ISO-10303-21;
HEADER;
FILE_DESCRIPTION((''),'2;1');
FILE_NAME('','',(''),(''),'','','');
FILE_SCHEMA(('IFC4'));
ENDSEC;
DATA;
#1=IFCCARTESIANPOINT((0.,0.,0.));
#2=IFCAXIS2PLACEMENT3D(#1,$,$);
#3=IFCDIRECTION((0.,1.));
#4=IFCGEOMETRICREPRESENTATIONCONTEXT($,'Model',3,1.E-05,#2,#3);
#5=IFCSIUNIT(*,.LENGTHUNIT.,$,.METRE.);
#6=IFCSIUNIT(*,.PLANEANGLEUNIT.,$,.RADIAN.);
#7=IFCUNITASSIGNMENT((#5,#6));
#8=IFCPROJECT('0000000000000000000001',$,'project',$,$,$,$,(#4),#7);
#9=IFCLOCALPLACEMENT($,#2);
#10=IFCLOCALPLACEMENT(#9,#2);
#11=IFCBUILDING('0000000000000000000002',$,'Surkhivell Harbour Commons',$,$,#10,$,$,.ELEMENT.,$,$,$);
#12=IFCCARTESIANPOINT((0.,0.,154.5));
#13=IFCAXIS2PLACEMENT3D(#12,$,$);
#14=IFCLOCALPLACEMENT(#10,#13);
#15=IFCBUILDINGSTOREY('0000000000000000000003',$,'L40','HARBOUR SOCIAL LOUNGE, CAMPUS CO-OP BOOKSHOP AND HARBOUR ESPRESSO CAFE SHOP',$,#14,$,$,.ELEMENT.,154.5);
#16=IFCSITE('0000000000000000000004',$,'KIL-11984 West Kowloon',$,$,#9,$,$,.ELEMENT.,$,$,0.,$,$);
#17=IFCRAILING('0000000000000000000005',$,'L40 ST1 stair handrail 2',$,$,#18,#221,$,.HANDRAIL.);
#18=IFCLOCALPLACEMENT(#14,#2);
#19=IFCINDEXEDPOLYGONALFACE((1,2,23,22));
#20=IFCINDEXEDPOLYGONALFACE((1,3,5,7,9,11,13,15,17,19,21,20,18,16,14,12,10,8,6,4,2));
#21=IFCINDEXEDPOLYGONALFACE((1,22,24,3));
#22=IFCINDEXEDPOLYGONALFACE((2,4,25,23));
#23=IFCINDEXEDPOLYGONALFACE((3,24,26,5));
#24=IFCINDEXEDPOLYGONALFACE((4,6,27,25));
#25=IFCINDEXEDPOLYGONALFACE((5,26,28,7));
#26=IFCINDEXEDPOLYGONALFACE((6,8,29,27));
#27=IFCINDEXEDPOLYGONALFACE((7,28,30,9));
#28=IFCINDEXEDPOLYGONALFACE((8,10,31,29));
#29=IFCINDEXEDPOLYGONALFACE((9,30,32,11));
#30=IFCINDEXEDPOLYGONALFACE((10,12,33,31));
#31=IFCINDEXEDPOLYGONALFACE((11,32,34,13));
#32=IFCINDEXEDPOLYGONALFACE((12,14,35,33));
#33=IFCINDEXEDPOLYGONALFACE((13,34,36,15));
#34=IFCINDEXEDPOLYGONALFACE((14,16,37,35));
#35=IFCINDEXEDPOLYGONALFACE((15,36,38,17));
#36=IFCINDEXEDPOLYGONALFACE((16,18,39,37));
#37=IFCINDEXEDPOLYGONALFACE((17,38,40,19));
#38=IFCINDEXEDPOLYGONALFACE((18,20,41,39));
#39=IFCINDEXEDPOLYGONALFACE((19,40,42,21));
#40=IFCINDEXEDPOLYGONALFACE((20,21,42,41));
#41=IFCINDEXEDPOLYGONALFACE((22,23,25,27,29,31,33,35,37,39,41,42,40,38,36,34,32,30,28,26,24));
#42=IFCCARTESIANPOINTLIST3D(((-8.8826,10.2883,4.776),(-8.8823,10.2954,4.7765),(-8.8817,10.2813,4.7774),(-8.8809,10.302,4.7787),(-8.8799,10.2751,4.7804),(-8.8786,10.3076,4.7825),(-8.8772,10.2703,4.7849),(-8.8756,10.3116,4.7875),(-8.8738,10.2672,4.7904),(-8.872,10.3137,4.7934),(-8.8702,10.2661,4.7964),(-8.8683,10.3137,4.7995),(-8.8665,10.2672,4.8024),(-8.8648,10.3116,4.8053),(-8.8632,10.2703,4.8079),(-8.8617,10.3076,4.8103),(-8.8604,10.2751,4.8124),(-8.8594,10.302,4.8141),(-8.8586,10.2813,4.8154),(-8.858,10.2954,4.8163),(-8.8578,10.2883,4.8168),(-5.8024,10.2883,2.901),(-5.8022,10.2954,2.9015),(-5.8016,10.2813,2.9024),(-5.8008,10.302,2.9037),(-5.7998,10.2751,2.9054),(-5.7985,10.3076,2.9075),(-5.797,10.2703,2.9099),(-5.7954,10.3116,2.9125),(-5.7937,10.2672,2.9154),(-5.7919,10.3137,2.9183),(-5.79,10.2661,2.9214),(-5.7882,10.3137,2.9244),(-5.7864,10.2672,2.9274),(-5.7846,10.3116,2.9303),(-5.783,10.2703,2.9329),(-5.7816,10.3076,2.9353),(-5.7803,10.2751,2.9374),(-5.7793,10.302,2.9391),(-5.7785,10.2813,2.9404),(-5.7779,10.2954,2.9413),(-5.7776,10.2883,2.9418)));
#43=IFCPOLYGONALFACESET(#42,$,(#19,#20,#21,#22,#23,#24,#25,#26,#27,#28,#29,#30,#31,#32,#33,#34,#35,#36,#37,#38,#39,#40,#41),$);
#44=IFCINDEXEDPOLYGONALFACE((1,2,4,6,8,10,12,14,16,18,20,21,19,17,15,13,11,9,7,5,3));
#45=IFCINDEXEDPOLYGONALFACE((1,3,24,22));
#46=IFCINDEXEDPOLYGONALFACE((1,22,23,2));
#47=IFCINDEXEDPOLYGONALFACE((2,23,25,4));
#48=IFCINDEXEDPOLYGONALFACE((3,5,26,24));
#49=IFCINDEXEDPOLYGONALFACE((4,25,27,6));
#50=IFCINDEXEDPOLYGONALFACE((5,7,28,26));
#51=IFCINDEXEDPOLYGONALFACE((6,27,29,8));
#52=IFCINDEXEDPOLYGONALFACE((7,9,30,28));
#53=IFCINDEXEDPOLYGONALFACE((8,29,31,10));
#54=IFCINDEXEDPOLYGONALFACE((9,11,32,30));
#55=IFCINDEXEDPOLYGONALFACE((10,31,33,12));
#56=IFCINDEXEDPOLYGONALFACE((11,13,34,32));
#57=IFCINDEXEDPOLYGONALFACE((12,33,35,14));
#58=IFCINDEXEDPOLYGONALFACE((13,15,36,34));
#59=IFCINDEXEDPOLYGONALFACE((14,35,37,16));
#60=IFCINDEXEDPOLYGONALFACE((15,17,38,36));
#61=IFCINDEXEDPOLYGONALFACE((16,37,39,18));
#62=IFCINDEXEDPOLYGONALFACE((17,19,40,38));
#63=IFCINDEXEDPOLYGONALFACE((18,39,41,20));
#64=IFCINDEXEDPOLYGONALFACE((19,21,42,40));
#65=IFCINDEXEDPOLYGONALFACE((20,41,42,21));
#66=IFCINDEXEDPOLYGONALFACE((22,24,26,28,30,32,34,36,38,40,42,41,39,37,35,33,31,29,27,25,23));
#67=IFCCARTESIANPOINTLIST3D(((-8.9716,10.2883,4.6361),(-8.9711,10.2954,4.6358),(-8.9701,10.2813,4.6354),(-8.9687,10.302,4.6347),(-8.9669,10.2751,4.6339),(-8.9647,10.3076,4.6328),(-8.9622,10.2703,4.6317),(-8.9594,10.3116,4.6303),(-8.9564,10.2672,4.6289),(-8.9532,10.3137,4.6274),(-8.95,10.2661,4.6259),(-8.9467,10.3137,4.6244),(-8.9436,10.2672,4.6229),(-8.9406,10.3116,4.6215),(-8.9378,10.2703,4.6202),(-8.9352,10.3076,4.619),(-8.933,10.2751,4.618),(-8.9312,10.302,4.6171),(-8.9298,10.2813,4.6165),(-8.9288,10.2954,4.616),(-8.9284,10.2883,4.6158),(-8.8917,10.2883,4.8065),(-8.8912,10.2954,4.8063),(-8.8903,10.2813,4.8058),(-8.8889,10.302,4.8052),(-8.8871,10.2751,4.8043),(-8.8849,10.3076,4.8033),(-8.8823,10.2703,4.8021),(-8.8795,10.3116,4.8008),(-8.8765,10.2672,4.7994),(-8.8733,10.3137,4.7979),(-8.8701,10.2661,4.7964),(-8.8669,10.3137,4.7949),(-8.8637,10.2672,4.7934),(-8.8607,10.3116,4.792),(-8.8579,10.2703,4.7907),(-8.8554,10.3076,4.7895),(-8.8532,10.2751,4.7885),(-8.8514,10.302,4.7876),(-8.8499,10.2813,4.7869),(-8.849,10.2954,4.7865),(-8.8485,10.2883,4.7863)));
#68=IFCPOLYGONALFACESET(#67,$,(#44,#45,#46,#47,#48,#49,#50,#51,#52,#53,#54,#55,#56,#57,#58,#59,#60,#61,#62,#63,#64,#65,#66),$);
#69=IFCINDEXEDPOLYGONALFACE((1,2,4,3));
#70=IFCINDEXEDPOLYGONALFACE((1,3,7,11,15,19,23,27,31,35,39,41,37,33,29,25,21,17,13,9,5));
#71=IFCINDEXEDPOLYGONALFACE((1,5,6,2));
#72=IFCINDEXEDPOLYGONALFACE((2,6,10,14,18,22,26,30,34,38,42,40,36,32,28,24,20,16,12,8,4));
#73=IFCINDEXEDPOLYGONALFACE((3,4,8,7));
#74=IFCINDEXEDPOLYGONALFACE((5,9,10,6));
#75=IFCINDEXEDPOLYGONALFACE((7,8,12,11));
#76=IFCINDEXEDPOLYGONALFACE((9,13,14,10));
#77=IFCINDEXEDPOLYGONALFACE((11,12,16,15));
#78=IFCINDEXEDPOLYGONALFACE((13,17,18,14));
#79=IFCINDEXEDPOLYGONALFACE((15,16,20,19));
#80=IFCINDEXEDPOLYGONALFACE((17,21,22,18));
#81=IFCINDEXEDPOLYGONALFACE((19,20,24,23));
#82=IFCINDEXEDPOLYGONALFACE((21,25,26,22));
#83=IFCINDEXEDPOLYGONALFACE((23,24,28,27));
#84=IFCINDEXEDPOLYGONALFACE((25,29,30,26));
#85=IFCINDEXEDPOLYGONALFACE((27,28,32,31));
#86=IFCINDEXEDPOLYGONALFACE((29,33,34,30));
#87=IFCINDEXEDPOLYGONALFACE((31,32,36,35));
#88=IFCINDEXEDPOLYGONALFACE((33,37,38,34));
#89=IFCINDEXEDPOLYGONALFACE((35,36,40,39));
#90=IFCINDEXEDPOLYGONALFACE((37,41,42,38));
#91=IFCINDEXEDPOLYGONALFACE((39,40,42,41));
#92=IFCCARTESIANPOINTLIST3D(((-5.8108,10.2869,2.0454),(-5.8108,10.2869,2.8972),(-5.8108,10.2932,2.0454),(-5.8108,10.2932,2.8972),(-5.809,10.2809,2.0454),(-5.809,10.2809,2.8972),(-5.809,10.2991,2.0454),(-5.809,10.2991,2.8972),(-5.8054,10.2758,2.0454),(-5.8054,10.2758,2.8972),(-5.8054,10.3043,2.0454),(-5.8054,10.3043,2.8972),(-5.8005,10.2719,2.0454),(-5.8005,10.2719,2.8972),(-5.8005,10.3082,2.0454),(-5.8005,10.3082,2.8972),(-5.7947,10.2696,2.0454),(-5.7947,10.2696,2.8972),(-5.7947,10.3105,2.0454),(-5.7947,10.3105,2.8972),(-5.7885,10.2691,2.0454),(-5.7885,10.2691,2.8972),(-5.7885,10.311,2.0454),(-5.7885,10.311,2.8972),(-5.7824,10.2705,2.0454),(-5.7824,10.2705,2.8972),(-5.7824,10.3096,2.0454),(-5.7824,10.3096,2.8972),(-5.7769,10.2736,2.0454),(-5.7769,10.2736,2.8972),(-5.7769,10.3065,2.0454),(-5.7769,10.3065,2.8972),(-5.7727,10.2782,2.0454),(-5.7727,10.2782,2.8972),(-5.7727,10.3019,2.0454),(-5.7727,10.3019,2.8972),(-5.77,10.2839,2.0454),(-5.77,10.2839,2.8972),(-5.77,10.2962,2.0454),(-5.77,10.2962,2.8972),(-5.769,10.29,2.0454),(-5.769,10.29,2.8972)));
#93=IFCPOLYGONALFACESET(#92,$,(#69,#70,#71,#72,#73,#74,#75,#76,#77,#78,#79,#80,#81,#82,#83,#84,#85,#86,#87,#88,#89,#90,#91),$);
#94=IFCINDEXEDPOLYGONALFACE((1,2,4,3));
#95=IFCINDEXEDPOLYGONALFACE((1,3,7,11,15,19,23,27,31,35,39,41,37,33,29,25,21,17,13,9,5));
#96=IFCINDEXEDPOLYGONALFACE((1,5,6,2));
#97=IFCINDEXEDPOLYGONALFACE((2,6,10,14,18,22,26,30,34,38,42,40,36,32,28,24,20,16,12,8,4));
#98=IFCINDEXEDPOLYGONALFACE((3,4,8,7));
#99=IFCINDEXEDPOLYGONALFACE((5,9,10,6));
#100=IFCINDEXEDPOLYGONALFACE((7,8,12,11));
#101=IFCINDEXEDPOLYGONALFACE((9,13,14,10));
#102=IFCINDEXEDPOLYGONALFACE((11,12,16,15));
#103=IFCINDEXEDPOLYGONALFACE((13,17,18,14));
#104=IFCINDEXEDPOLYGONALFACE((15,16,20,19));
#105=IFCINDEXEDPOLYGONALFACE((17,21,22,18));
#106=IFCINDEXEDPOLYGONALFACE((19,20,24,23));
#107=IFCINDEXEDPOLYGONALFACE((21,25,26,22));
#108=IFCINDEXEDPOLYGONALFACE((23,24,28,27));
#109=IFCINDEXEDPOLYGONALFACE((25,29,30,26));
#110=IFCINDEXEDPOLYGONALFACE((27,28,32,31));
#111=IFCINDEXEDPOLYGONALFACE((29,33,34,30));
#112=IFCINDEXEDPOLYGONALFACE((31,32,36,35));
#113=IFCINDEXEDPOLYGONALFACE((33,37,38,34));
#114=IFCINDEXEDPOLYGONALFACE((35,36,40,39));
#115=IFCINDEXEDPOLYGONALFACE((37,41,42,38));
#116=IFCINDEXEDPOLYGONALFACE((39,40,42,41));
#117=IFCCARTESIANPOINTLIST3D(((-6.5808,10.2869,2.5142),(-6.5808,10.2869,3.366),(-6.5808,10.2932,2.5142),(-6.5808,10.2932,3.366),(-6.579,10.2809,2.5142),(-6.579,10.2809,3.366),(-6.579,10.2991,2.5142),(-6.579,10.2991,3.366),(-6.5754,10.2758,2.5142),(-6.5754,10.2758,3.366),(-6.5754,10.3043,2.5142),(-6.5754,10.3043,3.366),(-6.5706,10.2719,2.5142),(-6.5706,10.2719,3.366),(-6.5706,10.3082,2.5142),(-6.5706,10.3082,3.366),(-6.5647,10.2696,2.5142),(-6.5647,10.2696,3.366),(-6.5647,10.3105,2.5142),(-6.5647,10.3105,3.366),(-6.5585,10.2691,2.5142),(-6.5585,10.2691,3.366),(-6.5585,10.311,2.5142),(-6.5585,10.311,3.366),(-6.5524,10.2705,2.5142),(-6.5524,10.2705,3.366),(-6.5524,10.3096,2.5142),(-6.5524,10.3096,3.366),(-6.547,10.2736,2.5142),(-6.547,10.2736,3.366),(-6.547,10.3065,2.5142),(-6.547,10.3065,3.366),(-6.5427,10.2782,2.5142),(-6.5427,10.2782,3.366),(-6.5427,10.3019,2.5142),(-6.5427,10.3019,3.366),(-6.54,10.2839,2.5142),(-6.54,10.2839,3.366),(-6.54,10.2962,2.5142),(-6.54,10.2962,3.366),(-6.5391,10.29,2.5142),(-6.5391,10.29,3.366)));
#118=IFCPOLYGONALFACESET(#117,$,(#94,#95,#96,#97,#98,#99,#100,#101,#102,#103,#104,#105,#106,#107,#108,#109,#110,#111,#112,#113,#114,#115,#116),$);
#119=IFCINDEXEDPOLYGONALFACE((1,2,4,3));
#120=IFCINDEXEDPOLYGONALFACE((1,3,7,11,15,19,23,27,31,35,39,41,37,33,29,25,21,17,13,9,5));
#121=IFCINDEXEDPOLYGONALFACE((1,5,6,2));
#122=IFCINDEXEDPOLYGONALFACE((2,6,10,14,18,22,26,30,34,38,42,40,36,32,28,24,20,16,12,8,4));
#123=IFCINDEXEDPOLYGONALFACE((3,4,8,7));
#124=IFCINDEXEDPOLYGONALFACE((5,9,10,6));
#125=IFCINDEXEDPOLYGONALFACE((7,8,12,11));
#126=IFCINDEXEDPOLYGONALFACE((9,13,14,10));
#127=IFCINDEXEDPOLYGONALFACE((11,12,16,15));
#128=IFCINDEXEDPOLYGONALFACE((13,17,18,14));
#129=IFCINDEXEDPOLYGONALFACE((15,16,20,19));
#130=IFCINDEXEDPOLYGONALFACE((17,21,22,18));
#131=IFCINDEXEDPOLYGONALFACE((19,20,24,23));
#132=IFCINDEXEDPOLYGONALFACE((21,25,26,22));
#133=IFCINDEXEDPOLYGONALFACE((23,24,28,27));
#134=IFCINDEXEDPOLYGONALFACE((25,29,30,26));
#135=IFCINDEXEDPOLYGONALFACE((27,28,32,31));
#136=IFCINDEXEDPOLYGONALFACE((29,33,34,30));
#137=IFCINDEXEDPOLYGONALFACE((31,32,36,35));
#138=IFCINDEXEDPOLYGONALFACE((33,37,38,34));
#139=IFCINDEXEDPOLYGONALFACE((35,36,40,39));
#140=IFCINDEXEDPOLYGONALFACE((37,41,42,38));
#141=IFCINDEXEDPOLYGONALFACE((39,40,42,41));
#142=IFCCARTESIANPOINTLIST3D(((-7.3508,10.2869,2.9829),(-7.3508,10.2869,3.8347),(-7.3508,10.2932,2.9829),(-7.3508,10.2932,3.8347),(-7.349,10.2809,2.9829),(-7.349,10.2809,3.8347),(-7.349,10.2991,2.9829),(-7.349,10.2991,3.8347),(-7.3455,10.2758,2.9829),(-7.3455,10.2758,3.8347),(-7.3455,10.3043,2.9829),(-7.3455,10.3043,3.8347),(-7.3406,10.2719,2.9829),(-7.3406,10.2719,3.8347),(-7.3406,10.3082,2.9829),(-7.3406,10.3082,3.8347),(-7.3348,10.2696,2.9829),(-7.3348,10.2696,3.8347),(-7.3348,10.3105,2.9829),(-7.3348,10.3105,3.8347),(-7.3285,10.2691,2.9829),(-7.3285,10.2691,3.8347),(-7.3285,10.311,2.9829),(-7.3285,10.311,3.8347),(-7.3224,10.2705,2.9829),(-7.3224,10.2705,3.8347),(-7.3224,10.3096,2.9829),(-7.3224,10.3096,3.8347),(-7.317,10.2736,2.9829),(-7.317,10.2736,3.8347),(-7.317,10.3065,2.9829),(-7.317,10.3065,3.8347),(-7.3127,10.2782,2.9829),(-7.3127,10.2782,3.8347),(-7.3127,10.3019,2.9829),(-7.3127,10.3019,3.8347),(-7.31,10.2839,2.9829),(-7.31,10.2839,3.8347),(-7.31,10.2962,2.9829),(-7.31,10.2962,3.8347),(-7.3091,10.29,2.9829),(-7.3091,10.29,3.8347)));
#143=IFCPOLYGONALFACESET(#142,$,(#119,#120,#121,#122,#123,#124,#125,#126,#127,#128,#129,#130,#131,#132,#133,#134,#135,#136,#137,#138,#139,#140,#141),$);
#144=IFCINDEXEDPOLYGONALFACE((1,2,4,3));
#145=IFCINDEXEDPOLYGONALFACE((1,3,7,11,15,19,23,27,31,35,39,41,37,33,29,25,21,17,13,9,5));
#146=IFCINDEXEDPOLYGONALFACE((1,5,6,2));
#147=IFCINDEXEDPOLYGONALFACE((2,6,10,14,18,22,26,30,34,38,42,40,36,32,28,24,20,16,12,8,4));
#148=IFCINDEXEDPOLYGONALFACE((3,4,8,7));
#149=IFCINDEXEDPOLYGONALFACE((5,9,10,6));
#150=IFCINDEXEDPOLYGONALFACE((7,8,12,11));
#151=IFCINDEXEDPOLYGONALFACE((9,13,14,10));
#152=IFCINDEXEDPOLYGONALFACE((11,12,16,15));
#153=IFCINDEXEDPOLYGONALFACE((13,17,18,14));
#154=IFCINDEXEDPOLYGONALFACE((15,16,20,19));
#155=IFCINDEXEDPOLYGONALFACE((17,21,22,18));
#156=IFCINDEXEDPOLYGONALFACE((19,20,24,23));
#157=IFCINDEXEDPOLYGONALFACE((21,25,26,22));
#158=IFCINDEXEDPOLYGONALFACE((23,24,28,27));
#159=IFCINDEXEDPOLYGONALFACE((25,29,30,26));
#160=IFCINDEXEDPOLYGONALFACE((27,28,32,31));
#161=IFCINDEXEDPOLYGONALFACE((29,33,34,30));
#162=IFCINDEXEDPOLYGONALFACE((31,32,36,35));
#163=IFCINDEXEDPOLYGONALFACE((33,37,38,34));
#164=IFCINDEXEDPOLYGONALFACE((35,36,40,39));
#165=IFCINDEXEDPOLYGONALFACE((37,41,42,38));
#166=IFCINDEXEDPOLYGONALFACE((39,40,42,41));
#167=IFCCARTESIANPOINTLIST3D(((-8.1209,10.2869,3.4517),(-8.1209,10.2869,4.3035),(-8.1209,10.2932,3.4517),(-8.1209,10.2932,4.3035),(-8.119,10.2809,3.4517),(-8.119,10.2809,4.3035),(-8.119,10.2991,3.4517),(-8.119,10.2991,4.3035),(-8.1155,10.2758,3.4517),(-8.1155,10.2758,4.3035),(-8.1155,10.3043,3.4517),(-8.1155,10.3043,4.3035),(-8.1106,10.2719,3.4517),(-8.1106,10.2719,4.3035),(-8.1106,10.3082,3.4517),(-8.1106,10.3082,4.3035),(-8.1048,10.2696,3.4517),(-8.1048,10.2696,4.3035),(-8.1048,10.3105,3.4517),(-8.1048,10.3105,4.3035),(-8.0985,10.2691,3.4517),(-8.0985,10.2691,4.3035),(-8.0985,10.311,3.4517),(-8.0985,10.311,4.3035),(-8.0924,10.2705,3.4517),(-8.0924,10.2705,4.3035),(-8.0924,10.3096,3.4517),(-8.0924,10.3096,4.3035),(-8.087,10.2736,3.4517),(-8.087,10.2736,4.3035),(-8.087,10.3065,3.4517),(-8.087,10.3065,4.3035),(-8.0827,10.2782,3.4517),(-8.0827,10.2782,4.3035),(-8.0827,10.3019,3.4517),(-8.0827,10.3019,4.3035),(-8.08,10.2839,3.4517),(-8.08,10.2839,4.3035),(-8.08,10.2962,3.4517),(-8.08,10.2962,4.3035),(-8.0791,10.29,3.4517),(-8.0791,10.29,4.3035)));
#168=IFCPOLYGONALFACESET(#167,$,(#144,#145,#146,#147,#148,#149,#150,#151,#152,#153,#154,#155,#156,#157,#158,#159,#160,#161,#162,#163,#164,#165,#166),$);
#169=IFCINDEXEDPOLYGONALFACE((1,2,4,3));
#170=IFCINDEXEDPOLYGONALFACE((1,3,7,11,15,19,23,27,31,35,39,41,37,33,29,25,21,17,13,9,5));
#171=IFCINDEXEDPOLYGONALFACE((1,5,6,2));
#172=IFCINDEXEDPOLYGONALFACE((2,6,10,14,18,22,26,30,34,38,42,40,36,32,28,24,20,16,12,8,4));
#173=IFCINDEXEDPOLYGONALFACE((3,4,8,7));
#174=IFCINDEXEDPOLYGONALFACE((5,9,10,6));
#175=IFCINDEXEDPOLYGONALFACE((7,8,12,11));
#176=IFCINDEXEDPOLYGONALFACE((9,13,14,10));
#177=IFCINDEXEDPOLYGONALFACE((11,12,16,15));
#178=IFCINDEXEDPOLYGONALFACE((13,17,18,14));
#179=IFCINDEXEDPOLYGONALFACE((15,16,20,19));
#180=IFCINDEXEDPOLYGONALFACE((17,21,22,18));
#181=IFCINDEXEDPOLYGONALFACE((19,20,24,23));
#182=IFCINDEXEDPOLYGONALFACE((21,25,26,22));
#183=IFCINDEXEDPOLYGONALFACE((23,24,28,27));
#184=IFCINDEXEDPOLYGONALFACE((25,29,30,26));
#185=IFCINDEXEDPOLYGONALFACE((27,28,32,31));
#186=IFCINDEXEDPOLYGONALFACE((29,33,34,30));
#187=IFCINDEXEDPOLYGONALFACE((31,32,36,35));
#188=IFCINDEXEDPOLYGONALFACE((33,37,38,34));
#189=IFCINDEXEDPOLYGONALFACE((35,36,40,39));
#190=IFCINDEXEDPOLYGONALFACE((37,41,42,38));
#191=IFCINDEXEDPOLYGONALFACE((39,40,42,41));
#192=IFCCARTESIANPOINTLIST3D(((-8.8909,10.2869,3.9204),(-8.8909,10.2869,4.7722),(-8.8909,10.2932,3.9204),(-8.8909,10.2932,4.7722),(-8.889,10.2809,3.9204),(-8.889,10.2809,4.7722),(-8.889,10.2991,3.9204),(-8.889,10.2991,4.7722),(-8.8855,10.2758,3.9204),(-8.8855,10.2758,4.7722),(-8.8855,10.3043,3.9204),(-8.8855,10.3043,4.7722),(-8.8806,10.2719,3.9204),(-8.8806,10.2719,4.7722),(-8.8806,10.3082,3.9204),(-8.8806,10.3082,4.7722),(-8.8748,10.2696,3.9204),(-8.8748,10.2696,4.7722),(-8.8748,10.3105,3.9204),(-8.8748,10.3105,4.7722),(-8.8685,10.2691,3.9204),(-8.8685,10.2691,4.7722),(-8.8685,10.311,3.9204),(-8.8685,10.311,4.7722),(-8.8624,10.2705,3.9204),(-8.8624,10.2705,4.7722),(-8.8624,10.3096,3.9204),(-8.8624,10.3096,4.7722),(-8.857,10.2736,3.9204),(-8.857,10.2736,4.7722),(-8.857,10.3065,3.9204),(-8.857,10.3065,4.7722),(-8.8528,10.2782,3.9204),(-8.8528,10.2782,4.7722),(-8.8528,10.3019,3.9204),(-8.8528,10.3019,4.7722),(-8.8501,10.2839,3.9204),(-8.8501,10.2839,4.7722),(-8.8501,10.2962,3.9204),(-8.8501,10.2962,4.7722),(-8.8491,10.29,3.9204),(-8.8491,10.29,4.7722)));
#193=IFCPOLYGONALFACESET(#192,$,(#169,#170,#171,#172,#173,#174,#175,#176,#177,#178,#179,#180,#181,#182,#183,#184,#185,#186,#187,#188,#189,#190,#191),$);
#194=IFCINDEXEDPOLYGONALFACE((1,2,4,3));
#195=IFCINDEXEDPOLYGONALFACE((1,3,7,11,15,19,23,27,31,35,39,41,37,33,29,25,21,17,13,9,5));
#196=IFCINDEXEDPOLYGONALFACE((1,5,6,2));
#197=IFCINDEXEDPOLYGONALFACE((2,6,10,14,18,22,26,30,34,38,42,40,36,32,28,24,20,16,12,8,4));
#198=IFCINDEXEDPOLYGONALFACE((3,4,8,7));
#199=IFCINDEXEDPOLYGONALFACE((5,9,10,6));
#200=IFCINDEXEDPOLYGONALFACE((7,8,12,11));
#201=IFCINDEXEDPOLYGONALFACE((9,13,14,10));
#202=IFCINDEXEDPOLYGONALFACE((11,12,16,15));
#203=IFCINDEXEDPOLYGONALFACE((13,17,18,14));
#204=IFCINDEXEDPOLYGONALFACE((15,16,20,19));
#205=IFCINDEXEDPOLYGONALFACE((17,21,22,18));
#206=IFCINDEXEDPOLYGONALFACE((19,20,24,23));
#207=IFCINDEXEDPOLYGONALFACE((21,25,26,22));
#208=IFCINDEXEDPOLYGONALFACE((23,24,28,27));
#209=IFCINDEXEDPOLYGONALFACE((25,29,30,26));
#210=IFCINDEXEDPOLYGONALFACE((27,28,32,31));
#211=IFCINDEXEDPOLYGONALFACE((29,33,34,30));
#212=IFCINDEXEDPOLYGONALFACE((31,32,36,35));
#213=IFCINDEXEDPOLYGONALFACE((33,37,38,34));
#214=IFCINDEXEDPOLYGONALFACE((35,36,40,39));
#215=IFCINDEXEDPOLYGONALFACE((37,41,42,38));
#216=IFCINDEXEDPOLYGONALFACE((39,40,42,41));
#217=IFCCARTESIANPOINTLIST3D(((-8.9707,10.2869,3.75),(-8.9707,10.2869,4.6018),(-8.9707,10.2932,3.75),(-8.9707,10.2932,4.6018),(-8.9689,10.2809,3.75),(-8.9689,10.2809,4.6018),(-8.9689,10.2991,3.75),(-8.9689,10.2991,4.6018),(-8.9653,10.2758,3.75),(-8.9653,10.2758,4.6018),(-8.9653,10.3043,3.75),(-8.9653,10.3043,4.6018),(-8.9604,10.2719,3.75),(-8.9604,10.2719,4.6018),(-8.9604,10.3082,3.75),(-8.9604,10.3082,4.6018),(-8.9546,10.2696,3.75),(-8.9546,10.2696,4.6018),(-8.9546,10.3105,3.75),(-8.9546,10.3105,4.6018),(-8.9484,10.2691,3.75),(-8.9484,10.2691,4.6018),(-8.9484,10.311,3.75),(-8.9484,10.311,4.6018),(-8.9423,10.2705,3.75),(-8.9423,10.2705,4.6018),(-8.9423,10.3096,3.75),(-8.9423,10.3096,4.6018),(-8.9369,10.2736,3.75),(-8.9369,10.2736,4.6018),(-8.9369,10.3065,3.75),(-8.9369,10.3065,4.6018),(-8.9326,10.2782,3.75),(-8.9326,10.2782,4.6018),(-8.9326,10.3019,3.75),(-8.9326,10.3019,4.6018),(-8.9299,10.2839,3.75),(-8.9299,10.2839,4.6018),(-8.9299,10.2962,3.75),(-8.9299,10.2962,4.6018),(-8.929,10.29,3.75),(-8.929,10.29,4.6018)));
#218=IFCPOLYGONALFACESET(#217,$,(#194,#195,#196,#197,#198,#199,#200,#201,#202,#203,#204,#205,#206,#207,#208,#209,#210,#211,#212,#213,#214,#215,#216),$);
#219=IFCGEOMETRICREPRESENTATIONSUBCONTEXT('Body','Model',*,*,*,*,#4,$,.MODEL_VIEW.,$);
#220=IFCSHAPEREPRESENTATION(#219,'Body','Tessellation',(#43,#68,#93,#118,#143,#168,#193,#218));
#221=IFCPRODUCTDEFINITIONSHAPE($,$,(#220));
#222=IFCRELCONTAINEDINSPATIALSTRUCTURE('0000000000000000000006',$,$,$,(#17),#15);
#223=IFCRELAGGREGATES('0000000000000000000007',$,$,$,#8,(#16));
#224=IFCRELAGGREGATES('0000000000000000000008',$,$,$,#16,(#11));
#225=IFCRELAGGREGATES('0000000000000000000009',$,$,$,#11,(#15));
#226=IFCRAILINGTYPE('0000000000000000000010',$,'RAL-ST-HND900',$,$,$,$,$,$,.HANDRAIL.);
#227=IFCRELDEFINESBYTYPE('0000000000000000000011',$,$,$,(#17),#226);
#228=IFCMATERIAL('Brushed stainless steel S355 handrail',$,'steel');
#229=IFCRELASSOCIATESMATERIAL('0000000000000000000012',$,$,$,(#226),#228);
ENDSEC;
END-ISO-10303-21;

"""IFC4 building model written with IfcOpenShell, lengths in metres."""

from ifc_helpers import new_model, si_unit, direction, frame, origin, origin_2d, place, context, subcontext, project, spatial, circle, extrude, material, type_object, element, save


model = new_model("IFC4")

# Units and contexts
model_context = context("Model", 3, precision=1e-05, world=origin(), true_north=direction((0.0, 1.0)))
body_context = subcontext(model_context, "Body", "Model", "MODEL_VIEW")
ifc_project = project(units=[si_unit("LENGTHUNIT", "METRE"), si_unit("PLANEANGLEUNIT", "RADIAN")], contexts=[model_context])

# Site, building, storey
site_placement = place(None, origin())
site = spatial("IfcSite", under=ifc_project, at=site_placement, Name="KIL-11984 West Kowloon", CompositionType="ELEMENT", RefElevation=0.0)
building_placement = place(site_placement, origin())
building = spatial("IfcBuilding", under=site, at=building_placement, Name="Surkhivell Harbour Commons", CompositionType="ELEMENT")
storey_placement = place(building_placement, frame((0.0, 0.0, 154.5)))
storey = spatial("IfcBuildingStorey", under=building, at=storey_placement, Name="L40", Description="HARBOUR SOCIAL LOUNGE, CAMPUS CO-OP BOOKSHOP AND HARBOUR ESPRESSO CAFE SHOP", CompositionType="ELEMENT", Elevation=154.5)

# Railing
ifc_material_1 = material(Name="Brushed stainless steel S355 handrail", Category="steel")
railing_type_1 = type_object("IfcRailingType", Name="RAL-ST-HND900", PredefinedType="HANDRAIL", material=ifc_material_1)
railing_1_placement = place(storey_placement, frame((-5.79, 10.29, 2.0454)))
element("IfcRailing", 1, at=railing_1_placement, inside=storey, type_object=railing_type_1, Name="L40 ST1 stair handrail 2", PredefinedType="HANDRAIL", context=body_context, shape_type="SweptSolid", body=[
    extrude(circle(Radius=0.0239, at=origin_2d()), frame((0.0, 0.0, 0.876), z_axis=(-0.854178, 0.0, 0.519981), x_axis=(0.0, -1.0, 0.0)), (0.0, 0.0, 1.0), 3.606),
    extrude(circle(Radius=0.0239, at=origin_2d()), frame((-3.0801, 0.0, 2.751), z_axis=(-0.424234, 0.0, -0.905552), x_axis=(0.0, -1.0, 0.0)), (0.0, 0.0, 1.0), 0.1882),
    extrude(circle(Radius=0.021, at=origin_2d()), origin(), (0.0, 0.0, 1.0), 0.8518),
    extrude(circle(Radius=0.021, at=origin_2d()), frame((-0.77, 0.0, 0.4688)), (0.0, 0.0, 1.0), 0.8518),
    extrude(circle(Radius=0.021, at=origin_2d()), frame((-1.54, 0.0, 0.9375)), (0.0, 0.0, 1.0), 0.8518),
    extrude(circle(Radius=0.021, at=origin_2d()), frame((-2.3101, 0.0, 1.4062)), (0.0, 0.0, 1.0), 0.8518),
    extrude(circle(Radius=0.021, at=origin_2d()), frame((-3.0801, 0.0, 1.875)), (0.0, 0.0, 1.0), 0.8518),
    extrude(circle(Radius=0.021, at=origin_2d()), frame((-3.1599, 0.0, 1.7046)), (0.0, 0.0, 1.0), 0.8518),
])

save(model, "model.ifc")
